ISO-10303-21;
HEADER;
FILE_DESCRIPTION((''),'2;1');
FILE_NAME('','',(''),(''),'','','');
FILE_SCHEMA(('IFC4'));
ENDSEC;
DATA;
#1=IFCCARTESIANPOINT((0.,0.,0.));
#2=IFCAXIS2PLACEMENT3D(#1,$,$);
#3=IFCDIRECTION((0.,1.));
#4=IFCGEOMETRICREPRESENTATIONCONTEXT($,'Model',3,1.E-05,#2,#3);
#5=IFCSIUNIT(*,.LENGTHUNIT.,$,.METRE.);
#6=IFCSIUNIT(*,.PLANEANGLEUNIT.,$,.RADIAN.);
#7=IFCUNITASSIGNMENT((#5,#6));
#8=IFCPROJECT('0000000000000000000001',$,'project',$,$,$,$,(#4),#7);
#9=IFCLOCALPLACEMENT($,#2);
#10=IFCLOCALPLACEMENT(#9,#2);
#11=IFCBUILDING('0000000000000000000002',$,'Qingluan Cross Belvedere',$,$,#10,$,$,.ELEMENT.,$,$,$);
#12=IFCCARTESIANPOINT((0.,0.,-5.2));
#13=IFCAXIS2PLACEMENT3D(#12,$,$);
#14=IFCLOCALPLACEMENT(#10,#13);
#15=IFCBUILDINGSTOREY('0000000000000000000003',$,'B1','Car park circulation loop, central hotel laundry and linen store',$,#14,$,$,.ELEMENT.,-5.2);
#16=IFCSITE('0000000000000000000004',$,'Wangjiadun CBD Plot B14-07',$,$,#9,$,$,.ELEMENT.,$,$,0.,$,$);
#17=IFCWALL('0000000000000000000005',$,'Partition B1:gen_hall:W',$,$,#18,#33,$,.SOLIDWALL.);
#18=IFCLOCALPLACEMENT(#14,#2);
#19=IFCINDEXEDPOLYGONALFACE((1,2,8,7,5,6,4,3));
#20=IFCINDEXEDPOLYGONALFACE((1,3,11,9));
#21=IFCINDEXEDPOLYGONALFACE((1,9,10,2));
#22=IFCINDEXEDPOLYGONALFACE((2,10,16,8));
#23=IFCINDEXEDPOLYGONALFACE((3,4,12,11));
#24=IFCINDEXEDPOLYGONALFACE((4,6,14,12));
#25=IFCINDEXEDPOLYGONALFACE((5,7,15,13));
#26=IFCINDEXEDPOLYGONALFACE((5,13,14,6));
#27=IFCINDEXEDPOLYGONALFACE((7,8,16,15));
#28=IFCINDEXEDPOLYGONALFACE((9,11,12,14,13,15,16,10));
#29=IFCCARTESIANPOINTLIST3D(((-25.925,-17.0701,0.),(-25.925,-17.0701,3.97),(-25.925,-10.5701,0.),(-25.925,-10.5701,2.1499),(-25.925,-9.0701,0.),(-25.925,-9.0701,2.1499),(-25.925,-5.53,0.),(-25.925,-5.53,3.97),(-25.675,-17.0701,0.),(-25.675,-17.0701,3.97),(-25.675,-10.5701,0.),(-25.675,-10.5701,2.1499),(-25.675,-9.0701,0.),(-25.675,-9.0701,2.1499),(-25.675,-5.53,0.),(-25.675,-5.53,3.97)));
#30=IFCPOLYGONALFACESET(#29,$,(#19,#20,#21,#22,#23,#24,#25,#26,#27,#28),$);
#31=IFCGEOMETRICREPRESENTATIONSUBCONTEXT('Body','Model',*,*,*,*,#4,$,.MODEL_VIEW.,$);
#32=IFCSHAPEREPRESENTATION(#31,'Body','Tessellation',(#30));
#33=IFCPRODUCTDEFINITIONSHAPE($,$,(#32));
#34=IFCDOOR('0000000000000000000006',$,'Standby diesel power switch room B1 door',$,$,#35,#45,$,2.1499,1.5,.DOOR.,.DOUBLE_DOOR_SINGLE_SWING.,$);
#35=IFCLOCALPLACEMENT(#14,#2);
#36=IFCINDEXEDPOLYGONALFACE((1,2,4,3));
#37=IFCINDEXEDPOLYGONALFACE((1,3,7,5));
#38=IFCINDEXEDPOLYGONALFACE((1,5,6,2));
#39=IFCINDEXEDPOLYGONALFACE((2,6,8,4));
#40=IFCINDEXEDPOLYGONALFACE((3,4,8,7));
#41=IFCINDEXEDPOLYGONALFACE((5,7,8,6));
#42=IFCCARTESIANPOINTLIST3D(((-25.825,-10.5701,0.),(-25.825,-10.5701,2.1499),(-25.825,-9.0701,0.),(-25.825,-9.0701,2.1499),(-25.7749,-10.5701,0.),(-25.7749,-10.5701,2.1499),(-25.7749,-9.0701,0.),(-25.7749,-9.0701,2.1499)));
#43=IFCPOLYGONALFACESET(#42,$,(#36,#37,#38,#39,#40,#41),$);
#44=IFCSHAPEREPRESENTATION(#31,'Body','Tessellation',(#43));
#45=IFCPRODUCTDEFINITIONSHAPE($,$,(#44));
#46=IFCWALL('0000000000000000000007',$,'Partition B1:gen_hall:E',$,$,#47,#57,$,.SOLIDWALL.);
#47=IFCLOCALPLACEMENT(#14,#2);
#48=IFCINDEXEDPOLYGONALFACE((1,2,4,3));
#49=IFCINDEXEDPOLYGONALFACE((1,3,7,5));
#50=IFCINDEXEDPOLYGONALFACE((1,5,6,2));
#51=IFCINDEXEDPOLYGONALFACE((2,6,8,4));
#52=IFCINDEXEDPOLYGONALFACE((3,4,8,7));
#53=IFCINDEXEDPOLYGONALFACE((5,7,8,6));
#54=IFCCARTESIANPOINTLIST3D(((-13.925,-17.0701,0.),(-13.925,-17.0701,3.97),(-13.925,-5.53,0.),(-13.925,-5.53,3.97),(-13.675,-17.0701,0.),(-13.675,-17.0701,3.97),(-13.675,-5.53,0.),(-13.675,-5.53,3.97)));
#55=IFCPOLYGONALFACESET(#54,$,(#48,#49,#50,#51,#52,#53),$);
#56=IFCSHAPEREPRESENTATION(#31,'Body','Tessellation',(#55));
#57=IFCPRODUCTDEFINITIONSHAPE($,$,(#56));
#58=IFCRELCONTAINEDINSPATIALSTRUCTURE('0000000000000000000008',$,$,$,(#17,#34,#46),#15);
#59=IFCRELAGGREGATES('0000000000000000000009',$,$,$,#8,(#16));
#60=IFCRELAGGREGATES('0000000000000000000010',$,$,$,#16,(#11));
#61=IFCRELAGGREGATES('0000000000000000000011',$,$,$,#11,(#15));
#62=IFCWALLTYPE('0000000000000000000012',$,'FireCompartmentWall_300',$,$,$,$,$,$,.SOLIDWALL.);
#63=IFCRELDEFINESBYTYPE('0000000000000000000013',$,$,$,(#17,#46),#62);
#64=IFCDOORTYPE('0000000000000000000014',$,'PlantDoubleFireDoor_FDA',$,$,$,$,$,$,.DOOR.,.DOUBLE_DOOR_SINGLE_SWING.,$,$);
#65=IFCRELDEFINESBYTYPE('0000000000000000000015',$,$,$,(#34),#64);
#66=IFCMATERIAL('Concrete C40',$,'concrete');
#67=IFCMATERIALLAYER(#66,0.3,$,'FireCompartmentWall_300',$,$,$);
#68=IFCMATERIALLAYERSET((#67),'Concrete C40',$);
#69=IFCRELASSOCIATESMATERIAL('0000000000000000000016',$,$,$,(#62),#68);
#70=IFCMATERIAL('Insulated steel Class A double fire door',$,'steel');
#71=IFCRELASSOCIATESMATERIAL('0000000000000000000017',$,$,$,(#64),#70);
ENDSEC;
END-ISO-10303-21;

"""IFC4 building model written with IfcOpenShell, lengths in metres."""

from ifc_helpers import new_model, si_unit, direction, frame, frame_2d, origin, place, context, subcontext, project, spatial, rectangle, extrude, material, layer, layer_set, type_object, element, fill, save


model = new_model("IFC4")

# Units and contexts
model_context = context("Model", 3, precision=1e-05, world=origin(), true_north=direction((0.0, 1.0)))
body_context = subcontext(model_context, "Body", "Model", "MODEL_VIEW")
ifc_project = project(units=[si_unit("LENGTHUNIT", "METRE"), si_unit("PLANEANGLEUNIT", "RADIAN")], contexts=[model_context])

# Site, building, storey
site_placement = place(None, origin())
site = spatial("IfcSite", under=ifc_project, at=site_placement, Name="Wangjiadun CBD Plot B14-07", CompositionType="ELEMENT", RefElevation=0.0)
building_placement = place(site_placement, origin())
building = spatial("IfcBuilding", under=site, at=building_placement, Name="Qingluan Cross Belvedere", CompositionType="ELEMENT")
storey_placement = place(building_placement, frame((0.0, 0.0, -5.2)))
storey = spatial("IfcBuildingStorey", under=building, at=storey_placement, Name="B1", Description="Car park circulation loop, central hotel laundry and linen store", CompositionType="ELEMENT", Elevation=-5.2)

# Shared definitions
ifc_material_1 = material(Name="Concrete C40", Category="concrete")
ifc_layer_1 = layer(ifc_material_1, 0.3, Name="FireCompartmentWall_300")
ifc_layer_set_1 = layer_set([ifc_layer_1], Name="Concrete C40")
wall_type_1 = type_object("IfcWallType", Name="FireCompartmentWall_300", PredefinedType="SOLIDWALL", material=ifc_layer_set_1)

# Wall, opening, door
wall_1_placement = place(storey_placement, frame((-25.8, -17.0701, 0.0), z_axis=(0.0, 0.0, 1.0), x_axis=(0.0, 1.0, 0.0)))
wall_1 = element("IfcWall", 1, at=wall_1_placement, inside=storey, type_object=wall_type_1, Name="Partition B1:gen_hall:W", PredefinedType="SOLIDWALL", context=body_context, shape_type="SweptSolid", body=[
    extrude(rectangle(XDim=11.54, YDim=0.25, at=frame_2d((5.77, 0.0))), origin(), (0.0, 0.0, 1.0), 3.97),
])
opening_1_placement = place(wall_1_placement, frame((6.5, 0.0, 0.0)))
opening_1 = element("IfcOpeningElement", 2, at=opening_1_placement, cuts=wall_1, PredefinedType="OPENING", context=body_context, shape_type="SweptSolid", body=[
    extrude(rectangle(XDim=1.5, YDim=2.1499, at=frame_2d((0.75, 1.075))), frame((0.0, 0.135, 0.0), z_axis=(0.0, -1.0, 0.0), x_axis=(1.0, 0.0, 0.0)), (0.0, 0.0, 1.0), 0.27),
])
ifc_material_2 = material(Name="Insulated steel Class A double fire door", Category="steel")
door_type_1 = type_object("IfcDoorType", Name="PlantDoubleFireDoor_FDA", OperationType="DOUBLE_DOOR_SINGLE_SWING", PredefinedType="DOOR", material=ifc_material_2)
door_1_placement = place(opening_1_placement, origin())
door_1 = element("IfcDoor", 3, at=door_1_placement, inside=storey, type_object=door_type_1, Name="Standby diesel power switch room B1 door", OperationType="DOUBLE_DOOR_SINGLE_SWING", OverallHeight=2.1499, OverallWidth=1.5, PredefinedType="DOOR", context=body_context, shape_type="SweptSolid", body=[
    extrude(rectangle(XDim=1.5, YDim=2.1499, at=frame_2d((0.75, 1.075))), frame((0.0, 0.0249, 0.0), z_axis=(0.0, -1.0, 0.0), x_axis=(1.0, 0.0, 0.0)), (0.0, 0.0, 1.0), 0.05),
])
fill(opening_1, door_1)

# Wall
wall_2_placement = place(storey_placement, frame((-13.8, -17.0701, 0.0), z_axis=(0.0, 0.0, 1.0), x_axis=(0.0, 1.0, 0.0)))
element("IfcWall", 4, at=wall_2_placement, inside=storey, type_object=wall_type_1, Name="Partition B1:gen_hall:E", PredefinedType="SOLIDWALL", context=body_context, shape_type="SweptSolid", body=[
    extrude(rectangle(XDim=11.54, YDim=0.25, at=frame_2d((5.77, 0.0))), origin(), (0.0, 0.0, 1.0), 3.97),
])

save(model, "model.ifc")
